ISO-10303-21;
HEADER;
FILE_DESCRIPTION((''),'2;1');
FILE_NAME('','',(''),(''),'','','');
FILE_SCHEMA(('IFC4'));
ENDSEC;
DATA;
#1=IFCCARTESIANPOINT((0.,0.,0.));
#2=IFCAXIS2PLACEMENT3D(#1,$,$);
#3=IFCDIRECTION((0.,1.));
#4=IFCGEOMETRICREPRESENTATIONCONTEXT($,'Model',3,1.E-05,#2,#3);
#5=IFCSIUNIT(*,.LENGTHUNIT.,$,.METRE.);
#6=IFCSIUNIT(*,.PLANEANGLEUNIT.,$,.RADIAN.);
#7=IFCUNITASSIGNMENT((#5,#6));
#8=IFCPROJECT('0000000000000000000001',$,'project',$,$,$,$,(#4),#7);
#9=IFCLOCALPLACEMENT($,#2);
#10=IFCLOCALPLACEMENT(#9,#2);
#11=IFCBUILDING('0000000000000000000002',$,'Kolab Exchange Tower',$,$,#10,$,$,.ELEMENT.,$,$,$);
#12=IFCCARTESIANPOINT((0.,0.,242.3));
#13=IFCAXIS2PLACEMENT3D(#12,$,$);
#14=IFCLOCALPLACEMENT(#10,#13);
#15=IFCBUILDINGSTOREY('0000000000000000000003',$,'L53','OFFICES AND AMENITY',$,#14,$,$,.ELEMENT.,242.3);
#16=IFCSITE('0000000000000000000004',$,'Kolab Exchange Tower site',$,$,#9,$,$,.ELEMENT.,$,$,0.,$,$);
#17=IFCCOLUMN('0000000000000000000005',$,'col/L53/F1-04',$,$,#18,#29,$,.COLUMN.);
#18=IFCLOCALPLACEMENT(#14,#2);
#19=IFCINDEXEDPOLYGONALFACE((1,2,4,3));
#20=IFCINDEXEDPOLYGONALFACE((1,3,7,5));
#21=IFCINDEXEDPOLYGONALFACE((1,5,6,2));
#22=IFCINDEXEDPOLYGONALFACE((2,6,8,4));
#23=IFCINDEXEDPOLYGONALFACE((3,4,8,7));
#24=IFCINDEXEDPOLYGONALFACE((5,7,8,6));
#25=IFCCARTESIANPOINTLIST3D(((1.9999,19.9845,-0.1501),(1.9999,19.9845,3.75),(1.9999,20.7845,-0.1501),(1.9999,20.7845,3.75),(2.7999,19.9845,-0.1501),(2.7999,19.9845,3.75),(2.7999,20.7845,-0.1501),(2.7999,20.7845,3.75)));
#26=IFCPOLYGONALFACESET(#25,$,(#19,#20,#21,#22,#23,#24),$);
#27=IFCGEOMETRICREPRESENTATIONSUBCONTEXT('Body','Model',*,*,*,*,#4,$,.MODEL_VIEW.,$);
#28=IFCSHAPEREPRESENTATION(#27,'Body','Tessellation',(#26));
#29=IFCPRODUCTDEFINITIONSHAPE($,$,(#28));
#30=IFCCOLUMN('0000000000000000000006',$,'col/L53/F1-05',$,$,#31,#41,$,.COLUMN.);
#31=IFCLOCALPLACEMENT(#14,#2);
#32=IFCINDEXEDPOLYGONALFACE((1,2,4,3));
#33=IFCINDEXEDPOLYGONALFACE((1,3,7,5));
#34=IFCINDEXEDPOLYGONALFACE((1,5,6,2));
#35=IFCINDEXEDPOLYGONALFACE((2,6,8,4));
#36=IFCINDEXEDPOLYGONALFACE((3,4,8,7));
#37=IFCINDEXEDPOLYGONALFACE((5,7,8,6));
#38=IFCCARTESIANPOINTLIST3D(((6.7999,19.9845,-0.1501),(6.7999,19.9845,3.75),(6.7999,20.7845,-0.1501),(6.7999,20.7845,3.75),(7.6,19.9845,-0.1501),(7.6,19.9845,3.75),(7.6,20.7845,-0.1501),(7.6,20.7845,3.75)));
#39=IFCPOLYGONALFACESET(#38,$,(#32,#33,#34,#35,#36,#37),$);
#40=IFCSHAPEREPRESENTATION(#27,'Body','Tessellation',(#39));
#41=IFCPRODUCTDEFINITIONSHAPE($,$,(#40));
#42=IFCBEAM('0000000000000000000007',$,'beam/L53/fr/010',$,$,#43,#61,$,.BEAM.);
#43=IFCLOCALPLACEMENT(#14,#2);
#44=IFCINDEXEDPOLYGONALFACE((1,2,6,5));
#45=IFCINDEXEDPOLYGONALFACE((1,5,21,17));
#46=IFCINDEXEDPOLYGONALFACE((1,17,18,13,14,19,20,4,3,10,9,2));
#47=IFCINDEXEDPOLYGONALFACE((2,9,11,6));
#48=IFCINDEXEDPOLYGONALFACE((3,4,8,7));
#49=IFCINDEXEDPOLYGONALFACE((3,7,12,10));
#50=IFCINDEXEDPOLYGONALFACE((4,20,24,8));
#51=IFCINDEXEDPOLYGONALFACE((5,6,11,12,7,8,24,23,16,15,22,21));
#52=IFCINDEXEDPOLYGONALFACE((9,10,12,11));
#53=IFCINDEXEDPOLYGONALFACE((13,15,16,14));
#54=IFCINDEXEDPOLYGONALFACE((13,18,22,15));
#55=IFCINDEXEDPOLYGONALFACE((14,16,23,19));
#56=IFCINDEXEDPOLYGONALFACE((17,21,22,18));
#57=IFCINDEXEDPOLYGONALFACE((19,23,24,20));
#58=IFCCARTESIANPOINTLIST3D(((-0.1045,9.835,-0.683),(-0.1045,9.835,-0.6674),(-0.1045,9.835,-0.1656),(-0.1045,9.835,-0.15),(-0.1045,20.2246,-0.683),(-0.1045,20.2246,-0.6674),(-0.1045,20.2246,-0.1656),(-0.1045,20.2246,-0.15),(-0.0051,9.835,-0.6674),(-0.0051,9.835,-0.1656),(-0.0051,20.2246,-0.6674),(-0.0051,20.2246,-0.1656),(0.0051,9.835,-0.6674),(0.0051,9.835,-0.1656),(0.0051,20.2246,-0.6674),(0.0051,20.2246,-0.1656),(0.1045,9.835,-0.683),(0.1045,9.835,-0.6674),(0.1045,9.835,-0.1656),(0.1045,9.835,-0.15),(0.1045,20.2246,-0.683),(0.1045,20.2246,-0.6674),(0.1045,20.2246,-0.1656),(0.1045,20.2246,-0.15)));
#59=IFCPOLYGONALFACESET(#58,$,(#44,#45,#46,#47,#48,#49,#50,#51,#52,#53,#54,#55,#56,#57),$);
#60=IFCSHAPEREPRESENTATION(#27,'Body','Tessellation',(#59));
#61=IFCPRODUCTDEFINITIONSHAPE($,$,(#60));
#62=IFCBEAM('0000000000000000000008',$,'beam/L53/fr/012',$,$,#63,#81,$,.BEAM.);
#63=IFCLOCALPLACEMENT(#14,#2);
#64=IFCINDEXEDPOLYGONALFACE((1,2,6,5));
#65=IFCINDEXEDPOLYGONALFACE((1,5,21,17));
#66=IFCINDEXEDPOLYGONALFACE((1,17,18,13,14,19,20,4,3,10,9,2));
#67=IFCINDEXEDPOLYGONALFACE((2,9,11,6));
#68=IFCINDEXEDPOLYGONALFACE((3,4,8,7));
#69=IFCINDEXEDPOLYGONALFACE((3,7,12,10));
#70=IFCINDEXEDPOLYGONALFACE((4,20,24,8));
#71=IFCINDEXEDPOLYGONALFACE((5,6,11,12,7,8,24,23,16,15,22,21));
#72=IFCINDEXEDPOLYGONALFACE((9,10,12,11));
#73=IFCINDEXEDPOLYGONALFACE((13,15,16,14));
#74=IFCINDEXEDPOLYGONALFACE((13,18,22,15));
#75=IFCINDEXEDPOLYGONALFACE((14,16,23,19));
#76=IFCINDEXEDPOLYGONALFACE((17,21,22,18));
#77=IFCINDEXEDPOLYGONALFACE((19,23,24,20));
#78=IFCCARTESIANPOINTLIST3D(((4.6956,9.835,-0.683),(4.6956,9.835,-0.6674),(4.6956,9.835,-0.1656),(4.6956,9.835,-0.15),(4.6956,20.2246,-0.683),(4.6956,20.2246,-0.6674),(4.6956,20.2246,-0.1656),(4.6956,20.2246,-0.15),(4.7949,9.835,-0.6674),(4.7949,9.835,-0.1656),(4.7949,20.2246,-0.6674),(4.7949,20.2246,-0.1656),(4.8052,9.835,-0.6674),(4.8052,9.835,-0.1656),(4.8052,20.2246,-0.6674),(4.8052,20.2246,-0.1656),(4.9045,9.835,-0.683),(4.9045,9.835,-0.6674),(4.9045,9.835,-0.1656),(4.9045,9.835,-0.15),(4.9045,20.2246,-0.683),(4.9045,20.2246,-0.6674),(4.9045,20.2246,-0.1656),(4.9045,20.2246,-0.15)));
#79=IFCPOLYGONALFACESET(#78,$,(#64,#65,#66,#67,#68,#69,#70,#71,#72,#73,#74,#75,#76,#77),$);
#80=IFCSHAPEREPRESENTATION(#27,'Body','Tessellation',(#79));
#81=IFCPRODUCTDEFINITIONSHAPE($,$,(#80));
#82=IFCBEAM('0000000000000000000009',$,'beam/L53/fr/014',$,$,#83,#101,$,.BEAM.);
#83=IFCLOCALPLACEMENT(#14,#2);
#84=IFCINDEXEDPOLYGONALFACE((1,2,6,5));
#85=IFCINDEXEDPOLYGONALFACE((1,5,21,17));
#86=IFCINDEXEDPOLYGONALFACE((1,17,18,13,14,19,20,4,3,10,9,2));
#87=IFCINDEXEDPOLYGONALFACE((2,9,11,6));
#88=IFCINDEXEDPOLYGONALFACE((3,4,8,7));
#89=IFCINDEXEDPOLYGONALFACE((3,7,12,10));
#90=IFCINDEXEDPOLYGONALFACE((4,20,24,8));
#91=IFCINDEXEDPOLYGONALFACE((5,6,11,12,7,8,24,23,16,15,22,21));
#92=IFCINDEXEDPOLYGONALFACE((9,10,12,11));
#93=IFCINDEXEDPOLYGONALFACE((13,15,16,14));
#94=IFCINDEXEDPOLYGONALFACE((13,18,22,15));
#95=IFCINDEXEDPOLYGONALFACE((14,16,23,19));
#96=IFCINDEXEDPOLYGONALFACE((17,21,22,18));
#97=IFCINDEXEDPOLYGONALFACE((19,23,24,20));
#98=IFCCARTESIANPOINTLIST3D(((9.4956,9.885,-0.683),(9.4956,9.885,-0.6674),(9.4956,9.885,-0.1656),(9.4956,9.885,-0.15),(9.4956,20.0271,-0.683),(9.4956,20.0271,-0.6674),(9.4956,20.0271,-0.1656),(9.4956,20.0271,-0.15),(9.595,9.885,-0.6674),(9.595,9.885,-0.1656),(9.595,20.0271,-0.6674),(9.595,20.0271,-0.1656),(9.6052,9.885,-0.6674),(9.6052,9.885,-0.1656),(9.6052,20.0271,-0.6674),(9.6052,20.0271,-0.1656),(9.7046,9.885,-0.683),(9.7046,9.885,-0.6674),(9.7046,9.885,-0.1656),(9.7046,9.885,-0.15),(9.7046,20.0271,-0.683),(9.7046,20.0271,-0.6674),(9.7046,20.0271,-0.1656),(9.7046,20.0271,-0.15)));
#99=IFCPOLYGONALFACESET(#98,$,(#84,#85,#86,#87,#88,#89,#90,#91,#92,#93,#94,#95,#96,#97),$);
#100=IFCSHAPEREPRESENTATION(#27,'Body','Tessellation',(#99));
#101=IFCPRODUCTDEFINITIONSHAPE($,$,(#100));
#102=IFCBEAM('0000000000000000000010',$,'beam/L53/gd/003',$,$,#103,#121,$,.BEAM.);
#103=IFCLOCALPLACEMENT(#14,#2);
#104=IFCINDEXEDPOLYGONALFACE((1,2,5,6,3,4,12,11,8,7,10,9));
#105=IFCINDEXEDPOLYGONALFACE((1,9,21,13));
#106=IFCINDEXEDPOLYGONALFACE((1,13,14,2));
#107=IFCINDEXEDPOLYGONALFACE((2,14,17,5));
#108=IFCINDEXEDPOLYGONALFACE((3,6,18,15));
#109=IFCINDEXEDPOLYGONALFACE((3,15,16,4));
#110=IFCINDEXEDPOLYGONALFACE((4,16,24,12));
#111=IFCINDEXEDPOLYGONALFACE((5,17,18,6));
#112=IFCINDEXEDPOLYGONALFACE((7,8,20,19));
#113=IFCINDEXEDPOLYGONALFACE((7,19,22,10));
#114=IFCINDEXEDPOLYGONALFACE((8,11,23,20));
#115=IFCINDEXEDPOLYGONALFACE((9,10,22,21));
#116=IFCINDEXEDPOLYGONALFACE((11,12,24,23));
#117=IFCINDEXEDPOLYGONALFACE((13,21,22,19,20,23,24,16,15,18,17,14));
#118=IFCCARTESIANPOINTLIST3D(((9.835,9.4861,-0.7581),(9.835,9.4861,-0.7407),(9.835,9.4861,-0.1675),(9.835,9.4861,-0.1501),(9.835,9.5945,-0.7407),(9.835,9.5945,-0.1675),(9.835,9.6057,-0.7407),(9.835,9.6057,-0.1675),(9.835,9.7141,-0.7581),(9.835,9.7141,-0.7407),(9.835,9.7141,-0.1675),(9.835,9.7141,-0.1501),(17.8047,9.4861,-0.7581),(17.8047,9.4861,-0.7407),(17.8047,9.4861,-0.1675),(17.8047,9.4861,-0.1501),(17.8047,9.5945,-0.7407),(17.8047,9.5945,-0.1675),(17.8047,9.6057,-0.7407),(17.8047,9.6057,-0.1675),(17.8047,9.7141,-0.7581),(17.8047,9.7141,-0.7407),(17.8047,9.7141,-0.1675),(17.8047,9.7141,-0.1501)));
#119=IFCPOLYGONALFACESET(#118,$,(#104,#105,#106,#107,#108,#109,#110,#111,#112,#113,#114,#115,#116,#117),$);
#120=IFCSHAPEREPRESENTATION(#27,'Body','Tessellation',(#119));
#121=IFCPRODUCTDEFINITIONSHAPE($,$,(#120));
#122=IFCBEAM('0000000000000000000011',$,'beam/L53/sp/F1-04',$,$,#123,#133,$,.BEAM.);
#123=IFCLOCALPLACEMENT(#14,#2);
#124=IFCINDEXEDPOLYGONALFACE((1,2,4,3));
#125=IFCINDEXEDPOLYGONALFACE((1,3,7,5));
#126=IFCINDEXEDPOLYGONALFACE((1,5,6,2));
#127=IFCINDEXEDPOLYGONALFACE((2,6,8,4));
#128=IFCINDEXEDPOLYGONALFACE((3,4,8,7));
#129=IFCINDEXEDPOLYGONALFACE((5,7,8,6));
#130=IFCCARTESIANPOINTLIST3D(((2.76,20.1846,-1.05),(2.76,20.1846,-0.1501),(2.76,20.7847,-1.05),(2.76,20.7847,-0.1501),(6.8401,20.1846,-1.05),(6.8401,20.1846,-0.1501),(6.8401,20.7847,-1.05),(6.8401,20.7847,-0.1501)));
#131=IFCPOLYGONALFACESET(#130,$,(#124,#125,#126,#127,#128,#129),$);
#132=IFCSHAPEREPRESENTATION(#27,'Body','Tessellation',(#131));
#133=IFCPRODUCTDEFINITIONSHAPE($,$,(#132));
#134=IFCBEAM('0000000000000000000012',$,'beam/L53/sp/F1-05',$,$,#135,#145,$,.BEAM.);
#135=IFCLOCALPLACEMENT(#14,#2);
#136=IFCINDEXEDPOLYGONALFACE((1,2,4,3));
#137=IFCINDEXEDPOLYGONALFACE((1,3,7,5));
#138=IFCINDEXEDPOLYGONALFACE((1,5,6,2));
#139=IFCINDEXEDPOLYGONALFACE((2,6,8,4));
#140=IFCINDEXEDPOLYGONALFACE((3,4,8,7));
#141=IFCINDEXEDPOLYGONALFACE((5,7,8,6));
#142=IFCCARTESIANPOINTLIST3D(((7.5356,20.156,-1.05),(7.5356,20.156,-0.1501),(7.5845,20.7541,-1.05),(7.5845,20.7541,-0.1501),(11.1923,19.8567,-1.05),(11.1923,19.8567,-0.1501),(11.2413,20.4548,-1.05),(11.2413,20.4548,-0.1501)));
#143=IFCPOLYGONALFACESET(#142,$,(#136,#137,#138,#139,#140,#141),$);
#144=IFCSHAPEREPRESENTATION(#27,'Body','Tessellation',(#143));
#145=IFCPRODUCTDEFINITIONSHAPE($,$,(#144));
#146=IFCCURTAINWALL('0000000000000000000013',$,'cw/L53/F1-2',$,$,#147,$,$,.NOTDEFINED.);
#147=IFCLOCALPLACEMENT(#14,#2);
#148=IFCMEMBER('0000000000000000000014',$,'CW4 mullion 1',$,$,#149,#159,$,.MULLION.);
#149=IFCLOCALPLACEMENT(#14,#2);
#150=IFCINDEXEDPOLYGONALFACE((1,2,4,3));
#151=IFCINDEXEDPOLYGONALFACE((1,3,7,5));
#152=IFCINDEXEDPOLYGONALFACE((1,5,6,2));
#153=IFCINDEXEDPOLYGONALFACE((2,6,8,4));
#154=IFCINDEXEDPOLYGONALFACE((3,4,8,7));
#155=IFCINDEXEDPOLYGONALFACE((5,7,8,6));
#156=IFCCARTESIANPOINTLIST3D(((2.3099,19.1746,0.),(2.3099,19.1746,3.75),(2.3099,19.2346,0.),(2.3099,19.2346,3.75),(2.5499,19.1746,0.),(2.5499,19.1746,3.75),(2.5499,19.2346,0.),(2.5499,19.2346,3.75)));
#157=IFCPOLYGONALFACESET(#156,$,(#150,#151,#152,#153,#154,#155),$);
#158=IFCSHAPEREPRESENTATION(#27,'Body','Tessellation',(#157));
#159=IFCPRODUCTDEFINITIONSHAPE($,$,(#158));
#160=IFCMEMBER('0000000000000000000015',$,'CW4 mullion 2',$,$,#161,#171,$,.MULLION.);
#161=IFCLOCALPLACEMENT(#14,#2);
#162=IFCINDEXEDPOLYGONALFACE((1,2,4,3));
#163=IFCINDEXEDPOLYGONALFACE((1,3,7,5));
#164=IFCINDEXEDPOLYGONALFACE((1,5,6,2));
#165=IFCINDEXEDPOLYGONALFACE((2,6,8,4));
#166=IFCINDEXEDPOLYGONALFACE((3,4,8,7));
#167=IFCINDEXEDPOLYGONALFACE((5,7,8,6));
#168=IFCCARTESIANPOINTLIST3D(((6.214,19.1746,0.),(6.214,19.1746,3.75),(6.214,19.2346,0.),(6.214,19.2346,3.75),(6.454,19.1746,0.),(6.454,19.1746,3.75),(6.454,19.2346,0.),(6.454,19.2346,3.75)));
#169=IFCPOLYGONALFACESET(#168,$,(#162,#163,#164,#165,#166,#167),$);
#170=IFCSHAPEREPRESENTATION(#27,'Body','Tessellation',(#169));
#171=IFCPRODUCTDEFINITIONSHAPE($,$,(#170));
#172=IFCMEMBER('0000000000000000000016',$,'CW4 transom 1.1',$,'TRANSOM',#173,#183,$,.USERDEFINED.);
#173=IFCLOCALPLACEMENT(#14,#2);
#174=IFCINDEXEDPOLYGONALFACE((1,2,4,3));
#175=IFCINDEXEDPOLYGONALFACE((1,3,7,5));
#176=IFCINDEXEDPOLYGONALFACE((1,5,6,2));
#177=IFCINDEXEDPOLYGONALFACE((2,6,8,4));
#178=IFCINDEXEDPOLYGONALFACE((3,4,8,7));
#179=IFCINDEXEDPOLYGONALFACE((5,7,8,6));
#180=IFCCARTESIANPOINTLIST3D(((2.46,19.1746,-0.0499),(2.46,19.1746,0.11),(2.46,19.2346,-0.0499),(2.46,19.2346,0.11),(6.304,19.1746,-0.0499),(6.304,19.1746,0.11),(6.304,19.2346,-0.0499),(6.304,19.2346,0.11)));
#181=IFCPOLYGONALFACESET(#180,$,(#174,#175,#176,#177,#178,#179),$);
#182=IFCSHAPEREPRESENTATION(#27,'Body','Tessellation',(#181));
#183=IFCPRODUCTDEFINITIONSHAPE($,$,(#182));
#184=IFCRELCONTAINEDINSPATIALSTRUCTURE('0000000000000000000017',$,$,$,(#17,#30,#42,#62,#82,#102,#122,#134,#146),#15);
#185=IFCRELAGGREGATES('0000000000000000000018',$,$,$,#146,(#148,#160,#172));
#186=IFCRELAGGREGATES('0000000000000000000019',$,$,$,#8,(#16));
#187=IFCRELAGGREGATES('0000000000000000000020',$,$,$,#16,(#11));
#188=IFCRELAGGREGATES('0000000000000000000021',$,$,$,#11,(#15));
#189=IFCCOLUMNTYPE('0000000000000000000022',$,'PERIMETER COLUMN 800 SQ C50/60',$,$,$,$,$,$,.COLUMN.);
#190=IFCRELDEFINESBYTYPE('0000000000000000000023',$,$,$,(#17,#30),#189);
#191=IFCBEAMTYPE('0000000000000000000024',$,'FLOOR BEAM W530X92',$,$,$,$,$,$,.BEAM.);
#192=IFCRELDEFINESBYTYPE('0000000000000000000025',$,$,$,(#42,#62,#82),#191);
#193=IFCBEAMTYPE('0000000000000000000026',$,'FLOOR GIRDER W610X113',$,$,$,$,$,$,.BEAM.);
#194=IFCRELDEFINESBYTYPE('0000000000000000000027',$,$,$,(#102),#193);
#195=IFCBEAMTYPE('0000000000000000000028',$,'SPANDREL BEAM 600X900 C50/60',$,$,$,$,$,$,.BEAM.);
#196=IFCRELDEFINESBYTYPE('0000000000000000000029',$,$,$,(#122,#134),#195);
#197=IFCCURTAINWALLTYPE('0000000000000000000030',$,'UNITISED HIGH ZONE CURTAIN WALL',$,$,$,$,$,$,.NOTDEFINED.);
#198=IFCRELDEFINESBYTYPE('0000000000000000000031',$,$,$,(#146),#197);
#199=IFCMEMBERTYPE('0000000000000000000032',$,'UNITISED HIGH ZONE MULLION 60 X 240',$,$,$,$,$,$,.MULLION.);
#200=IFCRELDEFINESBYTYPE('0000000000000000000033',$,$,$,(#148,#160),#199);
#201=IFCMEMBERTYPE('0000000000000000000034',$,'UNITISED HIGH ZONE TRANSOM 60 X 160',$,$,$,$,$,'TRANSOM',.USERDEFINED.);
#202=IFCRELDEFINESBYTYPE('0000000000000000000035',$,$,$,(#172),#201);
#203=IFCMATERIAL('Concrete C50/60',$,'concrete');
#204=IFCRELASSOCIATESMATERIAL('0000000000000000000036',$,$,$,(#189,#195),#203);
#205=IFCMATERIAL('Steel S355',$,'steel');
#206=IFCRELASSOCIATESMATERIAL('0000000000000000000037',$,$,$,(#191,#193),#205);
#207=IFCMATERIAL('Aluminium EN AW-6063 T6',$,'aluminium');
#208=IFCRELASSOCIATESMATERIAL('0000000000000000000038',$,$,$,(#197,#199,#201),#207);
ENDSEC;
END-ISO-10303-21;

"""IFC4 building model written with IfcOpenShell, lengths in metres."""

from ifc_helpers import new_model, si_unit, direction, frame, origin, origin_2d, place, context, subcontext, project, spatial, rectangle, i_section, extrude, material, material_profile, profile_set, type_object, element, aggregate, save


model = new_model("IFC4")

# Units and contexts
model_context = context("Model", 3, precision=1e-05, world=origin(), true_north=direction((0.0, 1.0)))
body_context = subcontext(model_context, "Body", "Model", "MODEL_VIEW")
ifc_project = project(units=[si_unit("LENGTHUNIT", "METRE"), si_unit("PLANEANGLEUNIT", "RADIAN")], contexts=[model_context])

# Site, building, storey
site_placement = place(None, origin())
site = spatial("IfcSite", under=ifc_project, at=site_placement, Name="Kolab Exchange Tower site", CompositionType="ELEMENT", RefElevation=0.0)
building_placement = place(site_placement, origin())
building = spatial("IfcBuilding", under=site, at=building_placement, Name="Kolab Exchange Tower", CompositionType="ELEMENT")
storey_placement = place(building_placement, frame((0.0, 0.0, 242.3)))
storey = spatial("IfcBuildingStorey", under=building, at=storey_placement, Name="L53", Description="OFFICES AND AMENITY", CompositionType="ELEMENT", Elevation=242.3)

# Columns
ifc_material_1 = material(Name="Concrete C50/60", Category="concrete")
ifc_material_profile_1 = material_profile(ifc_material_1, rectangle(XDim=0.8, YDim=0.8, at=origin_2d()), Name="RC800")
ifc_profile_set_1 = profile_set([ifc_material_profile_1], Name="Concrete C50/60")
column_type = type_object("IfcColumnType", Name="PERIMETER COLUMN 800 SQ C50/60", PredefinedType="COLUMN", material=ifc_profile_set_1)
for number, where, z_axis, x_axis, name in (
    (1, (2.3999, 20.3845, -0.1501), (0.0, 0.0, 1.0), (1.0, 0.0, 0.0), "col/L53/F1-04"),
    (2, (7.2, 20.3845, -0.1501), (0.0, 0.0, 1.0), (1.0, 0.0, 0.0), "col/L53/F1-05"),
):
    element("IfcColumn", number, at=place(storey_placement, frame(where, z_axis=z_axis, x_axis=x_axis)), inside=storey, type_object=column_type, Name=name, PredefinedType="COLUMN", context=body_context, shape_type="SweptSolid", body=[
        extrude(rectangle(XDim=0.8, YDim=0.8, at=origin_2d()), origin(), (0.0, 0.0, 1.0), 3.9001),
    ])

# Beams
ifc_material_2 = material(Name="Steel S355", Category="steel")
ifc_material_profile_2 = material_profile(ifc_material_2, i_section(OverallWidth=0.209, OverallDepth=0.533, WebThickness=0.0103, FlangeThickness=0.0156, at=origin_2d()), Name="W530X92")
ifc_profile_set_2 = profile_set([ifc_material_profile_2], Name="Steel S355")
beam_type_1 = type_object("IfcBeamType", Name="FLOOR BEAM W530X92", PredefinedType="BEAM", material=ifc_profile_set_2)
for number, where, z_axis, x_axis, name in (
    (3, (0.0, 9.835, -0.4165), (0.0, 1.0, 0.0), (-1.0, 0.0, 0.0), "beam/L53/fr/010"),
    (4, (4.8, 9.835, -0.4165), (0.0, 1.0, 0.0), (-1.0, 0.0, 0.0), "beam/L53/fr/012"),
):
    element("IfcBeam", number, at=place(storey_placement, frame(where, z_axis=z_axis, x_axis=x_axis)), inside=storey, type_object=beam_type_1, Name=name, PredefinedType="BEAM", context=body_context, shape_type="SweptSolid", body=[
        extrude(i_section(OverallWidth=0.209, OverallDepth=0.533, WebThickness=0.0103, FlangeThickness=0.0156, at=origin_2d()), origin(), (0.0, 0.0, 1.0), 10.3896),
    ])
beam_1_placement = place(storey_placement, frame((9.6001, 9.885, -0.4165), z_axis=(0.0, 1.0, 0.0), x_axis=(-1.0, 0.0, 0.0)))
element("IfcBeam", 5, at=beam_1_placement, inside=storey, type_object=beam_type_1, Name="beam/L53/fr/014", PredefinedType="BEAM", context=body_context, shape_type="SweptSolid", body=[
    extrude(i_section(OverallWidth=0.209, OverallDepth=0.533, WebThickness=0.0103, FlangeThickness=0.0156, at=origin_2d()), origin(), (0.0, 0.0, 1.0), 10.1421),
])
ifc_material_profile_3 = material_profile(ifc_material_2, i_section(OverallWidth=0.228, OverallDepth=0.6079, WebThickness=0.0112, FlangeThickness=0.0173, at=origin_2d()), Name="W610X113")
ifc_profile_set_3 = profile_set([ifc_material_profile_3], Name="Steel S355")
beam_type_2 = type_object("IfcBeamType", Name="FLOOR GIRDER W610X113", PredefinedType="BEAM", material=ifc_profile_set_3)
beam_2_placement = place(storey_placement, frame((9.835, 9.6001, -0.4541), z_axis=(1.0, 0.0, 0.0), x_axis=(0.0, 1.0, 0.0)))
element("IfcBeam", 6, at=beam_2_placement, inside=storey, type_object=beam_type_2, Name="beam/L53/gd/003", PredefinedType="BEAM", context=body_context, shape_type="SweptSolid", body=[
    extrude(i_section(OverallWidth=0.228, OverallDepth=0.6079, WebThickness=0.0112, FlangeThickness=0.0173, at=origin_2d()), origin(), (0.0, 0.0, 1.0), 7.9697),
])
ifc_material_profile_4 = material_profile(ifc_material_1, rectangle(XDim=0.6001, YDim=0.8999, at=origin_2d()), Name="RC600X900")
ifc_profile_set_4 = profile_set([ifc_material_profile_4], Name="Concrete C50/60")
beam_type_3 = type_object("IfcBeamType", Name="SPANDREL BEAM 600X900 C50/60", PredefinedType="BEAM", material=ifc_profile_set_4)
beam_3_placement = place(storey_placement, frame((2.76, 20.4846, -0.6001), z_axis=(1.0, 0.0, 0.0), x_axis=(0.0, 1.0, 0.0)))
element("IfcBeam", 7, at=beam_3_placement, inside=storey, type_object=beam_type_3, Name="beam/L53/sp/F1-04", PredefinedType="BEAM", context=body_context, shape_type="SweptSolid", body=[
    extrude(rectangle(XDim=0.6001, YDim=0.8999, at=origin_2d()), origin(), (0.0, 0.0, 1.0), 4.0801),
])
beam_4_placement = place(storey_placement, frame((7.5601, 20.4551, -0.6001), z_axis=(0.996667, -0.081581, 0.0), x_axis=(0.081581, 0.996667, 0.0)))
element("IfcBeam", 8, at=beam_4_placement, inside=storey, type_object=beam_type_3, Name="beam/L53/sp/F1-05", PredefinedType="BEAM", context=body_context, shape_type="SweptSolid", body=[
    extrude(rectangle(XDim=0.6001, YDim=0.8999, at=origin_2d()), origin(), (0.0, 0.0, 1.0), 3.6689),
])

# Curtain wall, members
ifc_material_3 = material(Name="Aluminium EN AW-6063 T6", Category="aluminium")
curtain_wall_type = type_object("IfcCurtainWallType", Name="UNITISED HIGH ZONE CURTAIN WALL", PredefinedType="NOTDEFINED", material=ifc_material_3)
curtain_wall_placement = place(storey_placement, origin())
curtain_wall = element("IfcCurtainWall", 9, at=curtain_wall_placement, inside=storey, type_object=curtain_wall_type, Name="cw/L53/F1-2", PredefinedType="NOTDEFINED")
ifc_material_profile_5 = material_profile(ifc_material_3, rectangle(XDim=0.0601, YDim=0.24, at=origin_2d()), Name="RECT 60X240")
ifc_profile_set_5 = profile_set([ifc_material_profile_5], Name="Aluminium EN AW-6063 T6")
member_type_1 = type_object("IfcMemberType", Name="UNITISED HIGH ZONE MULLION 60 X 240", PredefinedType="MULLION", material=ifc_profile_set_5)
member_1_placement = place(storey_placement, frame((2.4299, 19.2046, 0.0), z_axis=(0.0, 0.0, 1.0), x_axis=(0.0, 1.0, 0.0)))
member_1 = element("IfcMember", 10, at=member_1_placement, type_object=member_type_1, Name="CW4 mullion 1", PredefinedType="MULLION", context=body_context, shape_type="SweptSolid", body=[
    extrude(rectangle(XDim=0.0601, YDim=0.24, at=origin_2d()), origin(), (0.0, 0.0, 1.0), 3.75),
])
member_2_placement = place(storey_placement, frame((6.334, 19.2046, 0.0), z_axis=(0.0, 0.0, 1.0), x_axis=(0.0, 1.0, 0.0)))
member_2 = element("IfcMember", 11, at=member_2_placement, type_object=member_type_1, Name="CW4 mullion 2", PredefinedType="MULLION", context=body_context, shape_type="SweptSolid", body=[
    extrude(rectangle(XDim=0.0601, YDim=0.24, at=origin_2d()), origin(), (0.0, 0.0, 1.0), 3.75),
])
ifc_material_profile_6 = material_profile(ifc_material_3, rectangle(XDim=0.0601, YDim=0.1599, at=origin_2d()), Name="RECT 60X160")
ifc_profile_set_6 = profile_set([ifc_material_profile_6], Name="Aluminium EN AW-6063 T6")
member_type_2 = type_object("IfcMemberType", Name="UNITISED HIGH ZONE TRANSOM 60 X 160", ElementType="TRANSOM", PredefinedType="USERDEFINED", material=ifc_profile_set_6)
member_3_placement = place(storey_placement, frame((2.46, 19.2046, 0.03), z_axis=(1.0, 0.0, 0.0), x_axis=(0.0, 1.0, 0.0)))
member_3 = element("IfcMember", 12, at=member_3_placement, type_object=member_type_2, Name="CW4 transom 1.1", ObjectType="TRANSOM", PredefinedType="USERDEFINED", context=body_context, shape_type="SweptSolid", body=[
    extrude(rectangle(XDim=0.0601, YDim=0.1599, at=origin_2d()), origin(), (0.0, 0.0, 1.0), 3.844),
])
aggregate(curtain_wall, [member_1, member_2, member_3])

save(model, "model.ifc")
